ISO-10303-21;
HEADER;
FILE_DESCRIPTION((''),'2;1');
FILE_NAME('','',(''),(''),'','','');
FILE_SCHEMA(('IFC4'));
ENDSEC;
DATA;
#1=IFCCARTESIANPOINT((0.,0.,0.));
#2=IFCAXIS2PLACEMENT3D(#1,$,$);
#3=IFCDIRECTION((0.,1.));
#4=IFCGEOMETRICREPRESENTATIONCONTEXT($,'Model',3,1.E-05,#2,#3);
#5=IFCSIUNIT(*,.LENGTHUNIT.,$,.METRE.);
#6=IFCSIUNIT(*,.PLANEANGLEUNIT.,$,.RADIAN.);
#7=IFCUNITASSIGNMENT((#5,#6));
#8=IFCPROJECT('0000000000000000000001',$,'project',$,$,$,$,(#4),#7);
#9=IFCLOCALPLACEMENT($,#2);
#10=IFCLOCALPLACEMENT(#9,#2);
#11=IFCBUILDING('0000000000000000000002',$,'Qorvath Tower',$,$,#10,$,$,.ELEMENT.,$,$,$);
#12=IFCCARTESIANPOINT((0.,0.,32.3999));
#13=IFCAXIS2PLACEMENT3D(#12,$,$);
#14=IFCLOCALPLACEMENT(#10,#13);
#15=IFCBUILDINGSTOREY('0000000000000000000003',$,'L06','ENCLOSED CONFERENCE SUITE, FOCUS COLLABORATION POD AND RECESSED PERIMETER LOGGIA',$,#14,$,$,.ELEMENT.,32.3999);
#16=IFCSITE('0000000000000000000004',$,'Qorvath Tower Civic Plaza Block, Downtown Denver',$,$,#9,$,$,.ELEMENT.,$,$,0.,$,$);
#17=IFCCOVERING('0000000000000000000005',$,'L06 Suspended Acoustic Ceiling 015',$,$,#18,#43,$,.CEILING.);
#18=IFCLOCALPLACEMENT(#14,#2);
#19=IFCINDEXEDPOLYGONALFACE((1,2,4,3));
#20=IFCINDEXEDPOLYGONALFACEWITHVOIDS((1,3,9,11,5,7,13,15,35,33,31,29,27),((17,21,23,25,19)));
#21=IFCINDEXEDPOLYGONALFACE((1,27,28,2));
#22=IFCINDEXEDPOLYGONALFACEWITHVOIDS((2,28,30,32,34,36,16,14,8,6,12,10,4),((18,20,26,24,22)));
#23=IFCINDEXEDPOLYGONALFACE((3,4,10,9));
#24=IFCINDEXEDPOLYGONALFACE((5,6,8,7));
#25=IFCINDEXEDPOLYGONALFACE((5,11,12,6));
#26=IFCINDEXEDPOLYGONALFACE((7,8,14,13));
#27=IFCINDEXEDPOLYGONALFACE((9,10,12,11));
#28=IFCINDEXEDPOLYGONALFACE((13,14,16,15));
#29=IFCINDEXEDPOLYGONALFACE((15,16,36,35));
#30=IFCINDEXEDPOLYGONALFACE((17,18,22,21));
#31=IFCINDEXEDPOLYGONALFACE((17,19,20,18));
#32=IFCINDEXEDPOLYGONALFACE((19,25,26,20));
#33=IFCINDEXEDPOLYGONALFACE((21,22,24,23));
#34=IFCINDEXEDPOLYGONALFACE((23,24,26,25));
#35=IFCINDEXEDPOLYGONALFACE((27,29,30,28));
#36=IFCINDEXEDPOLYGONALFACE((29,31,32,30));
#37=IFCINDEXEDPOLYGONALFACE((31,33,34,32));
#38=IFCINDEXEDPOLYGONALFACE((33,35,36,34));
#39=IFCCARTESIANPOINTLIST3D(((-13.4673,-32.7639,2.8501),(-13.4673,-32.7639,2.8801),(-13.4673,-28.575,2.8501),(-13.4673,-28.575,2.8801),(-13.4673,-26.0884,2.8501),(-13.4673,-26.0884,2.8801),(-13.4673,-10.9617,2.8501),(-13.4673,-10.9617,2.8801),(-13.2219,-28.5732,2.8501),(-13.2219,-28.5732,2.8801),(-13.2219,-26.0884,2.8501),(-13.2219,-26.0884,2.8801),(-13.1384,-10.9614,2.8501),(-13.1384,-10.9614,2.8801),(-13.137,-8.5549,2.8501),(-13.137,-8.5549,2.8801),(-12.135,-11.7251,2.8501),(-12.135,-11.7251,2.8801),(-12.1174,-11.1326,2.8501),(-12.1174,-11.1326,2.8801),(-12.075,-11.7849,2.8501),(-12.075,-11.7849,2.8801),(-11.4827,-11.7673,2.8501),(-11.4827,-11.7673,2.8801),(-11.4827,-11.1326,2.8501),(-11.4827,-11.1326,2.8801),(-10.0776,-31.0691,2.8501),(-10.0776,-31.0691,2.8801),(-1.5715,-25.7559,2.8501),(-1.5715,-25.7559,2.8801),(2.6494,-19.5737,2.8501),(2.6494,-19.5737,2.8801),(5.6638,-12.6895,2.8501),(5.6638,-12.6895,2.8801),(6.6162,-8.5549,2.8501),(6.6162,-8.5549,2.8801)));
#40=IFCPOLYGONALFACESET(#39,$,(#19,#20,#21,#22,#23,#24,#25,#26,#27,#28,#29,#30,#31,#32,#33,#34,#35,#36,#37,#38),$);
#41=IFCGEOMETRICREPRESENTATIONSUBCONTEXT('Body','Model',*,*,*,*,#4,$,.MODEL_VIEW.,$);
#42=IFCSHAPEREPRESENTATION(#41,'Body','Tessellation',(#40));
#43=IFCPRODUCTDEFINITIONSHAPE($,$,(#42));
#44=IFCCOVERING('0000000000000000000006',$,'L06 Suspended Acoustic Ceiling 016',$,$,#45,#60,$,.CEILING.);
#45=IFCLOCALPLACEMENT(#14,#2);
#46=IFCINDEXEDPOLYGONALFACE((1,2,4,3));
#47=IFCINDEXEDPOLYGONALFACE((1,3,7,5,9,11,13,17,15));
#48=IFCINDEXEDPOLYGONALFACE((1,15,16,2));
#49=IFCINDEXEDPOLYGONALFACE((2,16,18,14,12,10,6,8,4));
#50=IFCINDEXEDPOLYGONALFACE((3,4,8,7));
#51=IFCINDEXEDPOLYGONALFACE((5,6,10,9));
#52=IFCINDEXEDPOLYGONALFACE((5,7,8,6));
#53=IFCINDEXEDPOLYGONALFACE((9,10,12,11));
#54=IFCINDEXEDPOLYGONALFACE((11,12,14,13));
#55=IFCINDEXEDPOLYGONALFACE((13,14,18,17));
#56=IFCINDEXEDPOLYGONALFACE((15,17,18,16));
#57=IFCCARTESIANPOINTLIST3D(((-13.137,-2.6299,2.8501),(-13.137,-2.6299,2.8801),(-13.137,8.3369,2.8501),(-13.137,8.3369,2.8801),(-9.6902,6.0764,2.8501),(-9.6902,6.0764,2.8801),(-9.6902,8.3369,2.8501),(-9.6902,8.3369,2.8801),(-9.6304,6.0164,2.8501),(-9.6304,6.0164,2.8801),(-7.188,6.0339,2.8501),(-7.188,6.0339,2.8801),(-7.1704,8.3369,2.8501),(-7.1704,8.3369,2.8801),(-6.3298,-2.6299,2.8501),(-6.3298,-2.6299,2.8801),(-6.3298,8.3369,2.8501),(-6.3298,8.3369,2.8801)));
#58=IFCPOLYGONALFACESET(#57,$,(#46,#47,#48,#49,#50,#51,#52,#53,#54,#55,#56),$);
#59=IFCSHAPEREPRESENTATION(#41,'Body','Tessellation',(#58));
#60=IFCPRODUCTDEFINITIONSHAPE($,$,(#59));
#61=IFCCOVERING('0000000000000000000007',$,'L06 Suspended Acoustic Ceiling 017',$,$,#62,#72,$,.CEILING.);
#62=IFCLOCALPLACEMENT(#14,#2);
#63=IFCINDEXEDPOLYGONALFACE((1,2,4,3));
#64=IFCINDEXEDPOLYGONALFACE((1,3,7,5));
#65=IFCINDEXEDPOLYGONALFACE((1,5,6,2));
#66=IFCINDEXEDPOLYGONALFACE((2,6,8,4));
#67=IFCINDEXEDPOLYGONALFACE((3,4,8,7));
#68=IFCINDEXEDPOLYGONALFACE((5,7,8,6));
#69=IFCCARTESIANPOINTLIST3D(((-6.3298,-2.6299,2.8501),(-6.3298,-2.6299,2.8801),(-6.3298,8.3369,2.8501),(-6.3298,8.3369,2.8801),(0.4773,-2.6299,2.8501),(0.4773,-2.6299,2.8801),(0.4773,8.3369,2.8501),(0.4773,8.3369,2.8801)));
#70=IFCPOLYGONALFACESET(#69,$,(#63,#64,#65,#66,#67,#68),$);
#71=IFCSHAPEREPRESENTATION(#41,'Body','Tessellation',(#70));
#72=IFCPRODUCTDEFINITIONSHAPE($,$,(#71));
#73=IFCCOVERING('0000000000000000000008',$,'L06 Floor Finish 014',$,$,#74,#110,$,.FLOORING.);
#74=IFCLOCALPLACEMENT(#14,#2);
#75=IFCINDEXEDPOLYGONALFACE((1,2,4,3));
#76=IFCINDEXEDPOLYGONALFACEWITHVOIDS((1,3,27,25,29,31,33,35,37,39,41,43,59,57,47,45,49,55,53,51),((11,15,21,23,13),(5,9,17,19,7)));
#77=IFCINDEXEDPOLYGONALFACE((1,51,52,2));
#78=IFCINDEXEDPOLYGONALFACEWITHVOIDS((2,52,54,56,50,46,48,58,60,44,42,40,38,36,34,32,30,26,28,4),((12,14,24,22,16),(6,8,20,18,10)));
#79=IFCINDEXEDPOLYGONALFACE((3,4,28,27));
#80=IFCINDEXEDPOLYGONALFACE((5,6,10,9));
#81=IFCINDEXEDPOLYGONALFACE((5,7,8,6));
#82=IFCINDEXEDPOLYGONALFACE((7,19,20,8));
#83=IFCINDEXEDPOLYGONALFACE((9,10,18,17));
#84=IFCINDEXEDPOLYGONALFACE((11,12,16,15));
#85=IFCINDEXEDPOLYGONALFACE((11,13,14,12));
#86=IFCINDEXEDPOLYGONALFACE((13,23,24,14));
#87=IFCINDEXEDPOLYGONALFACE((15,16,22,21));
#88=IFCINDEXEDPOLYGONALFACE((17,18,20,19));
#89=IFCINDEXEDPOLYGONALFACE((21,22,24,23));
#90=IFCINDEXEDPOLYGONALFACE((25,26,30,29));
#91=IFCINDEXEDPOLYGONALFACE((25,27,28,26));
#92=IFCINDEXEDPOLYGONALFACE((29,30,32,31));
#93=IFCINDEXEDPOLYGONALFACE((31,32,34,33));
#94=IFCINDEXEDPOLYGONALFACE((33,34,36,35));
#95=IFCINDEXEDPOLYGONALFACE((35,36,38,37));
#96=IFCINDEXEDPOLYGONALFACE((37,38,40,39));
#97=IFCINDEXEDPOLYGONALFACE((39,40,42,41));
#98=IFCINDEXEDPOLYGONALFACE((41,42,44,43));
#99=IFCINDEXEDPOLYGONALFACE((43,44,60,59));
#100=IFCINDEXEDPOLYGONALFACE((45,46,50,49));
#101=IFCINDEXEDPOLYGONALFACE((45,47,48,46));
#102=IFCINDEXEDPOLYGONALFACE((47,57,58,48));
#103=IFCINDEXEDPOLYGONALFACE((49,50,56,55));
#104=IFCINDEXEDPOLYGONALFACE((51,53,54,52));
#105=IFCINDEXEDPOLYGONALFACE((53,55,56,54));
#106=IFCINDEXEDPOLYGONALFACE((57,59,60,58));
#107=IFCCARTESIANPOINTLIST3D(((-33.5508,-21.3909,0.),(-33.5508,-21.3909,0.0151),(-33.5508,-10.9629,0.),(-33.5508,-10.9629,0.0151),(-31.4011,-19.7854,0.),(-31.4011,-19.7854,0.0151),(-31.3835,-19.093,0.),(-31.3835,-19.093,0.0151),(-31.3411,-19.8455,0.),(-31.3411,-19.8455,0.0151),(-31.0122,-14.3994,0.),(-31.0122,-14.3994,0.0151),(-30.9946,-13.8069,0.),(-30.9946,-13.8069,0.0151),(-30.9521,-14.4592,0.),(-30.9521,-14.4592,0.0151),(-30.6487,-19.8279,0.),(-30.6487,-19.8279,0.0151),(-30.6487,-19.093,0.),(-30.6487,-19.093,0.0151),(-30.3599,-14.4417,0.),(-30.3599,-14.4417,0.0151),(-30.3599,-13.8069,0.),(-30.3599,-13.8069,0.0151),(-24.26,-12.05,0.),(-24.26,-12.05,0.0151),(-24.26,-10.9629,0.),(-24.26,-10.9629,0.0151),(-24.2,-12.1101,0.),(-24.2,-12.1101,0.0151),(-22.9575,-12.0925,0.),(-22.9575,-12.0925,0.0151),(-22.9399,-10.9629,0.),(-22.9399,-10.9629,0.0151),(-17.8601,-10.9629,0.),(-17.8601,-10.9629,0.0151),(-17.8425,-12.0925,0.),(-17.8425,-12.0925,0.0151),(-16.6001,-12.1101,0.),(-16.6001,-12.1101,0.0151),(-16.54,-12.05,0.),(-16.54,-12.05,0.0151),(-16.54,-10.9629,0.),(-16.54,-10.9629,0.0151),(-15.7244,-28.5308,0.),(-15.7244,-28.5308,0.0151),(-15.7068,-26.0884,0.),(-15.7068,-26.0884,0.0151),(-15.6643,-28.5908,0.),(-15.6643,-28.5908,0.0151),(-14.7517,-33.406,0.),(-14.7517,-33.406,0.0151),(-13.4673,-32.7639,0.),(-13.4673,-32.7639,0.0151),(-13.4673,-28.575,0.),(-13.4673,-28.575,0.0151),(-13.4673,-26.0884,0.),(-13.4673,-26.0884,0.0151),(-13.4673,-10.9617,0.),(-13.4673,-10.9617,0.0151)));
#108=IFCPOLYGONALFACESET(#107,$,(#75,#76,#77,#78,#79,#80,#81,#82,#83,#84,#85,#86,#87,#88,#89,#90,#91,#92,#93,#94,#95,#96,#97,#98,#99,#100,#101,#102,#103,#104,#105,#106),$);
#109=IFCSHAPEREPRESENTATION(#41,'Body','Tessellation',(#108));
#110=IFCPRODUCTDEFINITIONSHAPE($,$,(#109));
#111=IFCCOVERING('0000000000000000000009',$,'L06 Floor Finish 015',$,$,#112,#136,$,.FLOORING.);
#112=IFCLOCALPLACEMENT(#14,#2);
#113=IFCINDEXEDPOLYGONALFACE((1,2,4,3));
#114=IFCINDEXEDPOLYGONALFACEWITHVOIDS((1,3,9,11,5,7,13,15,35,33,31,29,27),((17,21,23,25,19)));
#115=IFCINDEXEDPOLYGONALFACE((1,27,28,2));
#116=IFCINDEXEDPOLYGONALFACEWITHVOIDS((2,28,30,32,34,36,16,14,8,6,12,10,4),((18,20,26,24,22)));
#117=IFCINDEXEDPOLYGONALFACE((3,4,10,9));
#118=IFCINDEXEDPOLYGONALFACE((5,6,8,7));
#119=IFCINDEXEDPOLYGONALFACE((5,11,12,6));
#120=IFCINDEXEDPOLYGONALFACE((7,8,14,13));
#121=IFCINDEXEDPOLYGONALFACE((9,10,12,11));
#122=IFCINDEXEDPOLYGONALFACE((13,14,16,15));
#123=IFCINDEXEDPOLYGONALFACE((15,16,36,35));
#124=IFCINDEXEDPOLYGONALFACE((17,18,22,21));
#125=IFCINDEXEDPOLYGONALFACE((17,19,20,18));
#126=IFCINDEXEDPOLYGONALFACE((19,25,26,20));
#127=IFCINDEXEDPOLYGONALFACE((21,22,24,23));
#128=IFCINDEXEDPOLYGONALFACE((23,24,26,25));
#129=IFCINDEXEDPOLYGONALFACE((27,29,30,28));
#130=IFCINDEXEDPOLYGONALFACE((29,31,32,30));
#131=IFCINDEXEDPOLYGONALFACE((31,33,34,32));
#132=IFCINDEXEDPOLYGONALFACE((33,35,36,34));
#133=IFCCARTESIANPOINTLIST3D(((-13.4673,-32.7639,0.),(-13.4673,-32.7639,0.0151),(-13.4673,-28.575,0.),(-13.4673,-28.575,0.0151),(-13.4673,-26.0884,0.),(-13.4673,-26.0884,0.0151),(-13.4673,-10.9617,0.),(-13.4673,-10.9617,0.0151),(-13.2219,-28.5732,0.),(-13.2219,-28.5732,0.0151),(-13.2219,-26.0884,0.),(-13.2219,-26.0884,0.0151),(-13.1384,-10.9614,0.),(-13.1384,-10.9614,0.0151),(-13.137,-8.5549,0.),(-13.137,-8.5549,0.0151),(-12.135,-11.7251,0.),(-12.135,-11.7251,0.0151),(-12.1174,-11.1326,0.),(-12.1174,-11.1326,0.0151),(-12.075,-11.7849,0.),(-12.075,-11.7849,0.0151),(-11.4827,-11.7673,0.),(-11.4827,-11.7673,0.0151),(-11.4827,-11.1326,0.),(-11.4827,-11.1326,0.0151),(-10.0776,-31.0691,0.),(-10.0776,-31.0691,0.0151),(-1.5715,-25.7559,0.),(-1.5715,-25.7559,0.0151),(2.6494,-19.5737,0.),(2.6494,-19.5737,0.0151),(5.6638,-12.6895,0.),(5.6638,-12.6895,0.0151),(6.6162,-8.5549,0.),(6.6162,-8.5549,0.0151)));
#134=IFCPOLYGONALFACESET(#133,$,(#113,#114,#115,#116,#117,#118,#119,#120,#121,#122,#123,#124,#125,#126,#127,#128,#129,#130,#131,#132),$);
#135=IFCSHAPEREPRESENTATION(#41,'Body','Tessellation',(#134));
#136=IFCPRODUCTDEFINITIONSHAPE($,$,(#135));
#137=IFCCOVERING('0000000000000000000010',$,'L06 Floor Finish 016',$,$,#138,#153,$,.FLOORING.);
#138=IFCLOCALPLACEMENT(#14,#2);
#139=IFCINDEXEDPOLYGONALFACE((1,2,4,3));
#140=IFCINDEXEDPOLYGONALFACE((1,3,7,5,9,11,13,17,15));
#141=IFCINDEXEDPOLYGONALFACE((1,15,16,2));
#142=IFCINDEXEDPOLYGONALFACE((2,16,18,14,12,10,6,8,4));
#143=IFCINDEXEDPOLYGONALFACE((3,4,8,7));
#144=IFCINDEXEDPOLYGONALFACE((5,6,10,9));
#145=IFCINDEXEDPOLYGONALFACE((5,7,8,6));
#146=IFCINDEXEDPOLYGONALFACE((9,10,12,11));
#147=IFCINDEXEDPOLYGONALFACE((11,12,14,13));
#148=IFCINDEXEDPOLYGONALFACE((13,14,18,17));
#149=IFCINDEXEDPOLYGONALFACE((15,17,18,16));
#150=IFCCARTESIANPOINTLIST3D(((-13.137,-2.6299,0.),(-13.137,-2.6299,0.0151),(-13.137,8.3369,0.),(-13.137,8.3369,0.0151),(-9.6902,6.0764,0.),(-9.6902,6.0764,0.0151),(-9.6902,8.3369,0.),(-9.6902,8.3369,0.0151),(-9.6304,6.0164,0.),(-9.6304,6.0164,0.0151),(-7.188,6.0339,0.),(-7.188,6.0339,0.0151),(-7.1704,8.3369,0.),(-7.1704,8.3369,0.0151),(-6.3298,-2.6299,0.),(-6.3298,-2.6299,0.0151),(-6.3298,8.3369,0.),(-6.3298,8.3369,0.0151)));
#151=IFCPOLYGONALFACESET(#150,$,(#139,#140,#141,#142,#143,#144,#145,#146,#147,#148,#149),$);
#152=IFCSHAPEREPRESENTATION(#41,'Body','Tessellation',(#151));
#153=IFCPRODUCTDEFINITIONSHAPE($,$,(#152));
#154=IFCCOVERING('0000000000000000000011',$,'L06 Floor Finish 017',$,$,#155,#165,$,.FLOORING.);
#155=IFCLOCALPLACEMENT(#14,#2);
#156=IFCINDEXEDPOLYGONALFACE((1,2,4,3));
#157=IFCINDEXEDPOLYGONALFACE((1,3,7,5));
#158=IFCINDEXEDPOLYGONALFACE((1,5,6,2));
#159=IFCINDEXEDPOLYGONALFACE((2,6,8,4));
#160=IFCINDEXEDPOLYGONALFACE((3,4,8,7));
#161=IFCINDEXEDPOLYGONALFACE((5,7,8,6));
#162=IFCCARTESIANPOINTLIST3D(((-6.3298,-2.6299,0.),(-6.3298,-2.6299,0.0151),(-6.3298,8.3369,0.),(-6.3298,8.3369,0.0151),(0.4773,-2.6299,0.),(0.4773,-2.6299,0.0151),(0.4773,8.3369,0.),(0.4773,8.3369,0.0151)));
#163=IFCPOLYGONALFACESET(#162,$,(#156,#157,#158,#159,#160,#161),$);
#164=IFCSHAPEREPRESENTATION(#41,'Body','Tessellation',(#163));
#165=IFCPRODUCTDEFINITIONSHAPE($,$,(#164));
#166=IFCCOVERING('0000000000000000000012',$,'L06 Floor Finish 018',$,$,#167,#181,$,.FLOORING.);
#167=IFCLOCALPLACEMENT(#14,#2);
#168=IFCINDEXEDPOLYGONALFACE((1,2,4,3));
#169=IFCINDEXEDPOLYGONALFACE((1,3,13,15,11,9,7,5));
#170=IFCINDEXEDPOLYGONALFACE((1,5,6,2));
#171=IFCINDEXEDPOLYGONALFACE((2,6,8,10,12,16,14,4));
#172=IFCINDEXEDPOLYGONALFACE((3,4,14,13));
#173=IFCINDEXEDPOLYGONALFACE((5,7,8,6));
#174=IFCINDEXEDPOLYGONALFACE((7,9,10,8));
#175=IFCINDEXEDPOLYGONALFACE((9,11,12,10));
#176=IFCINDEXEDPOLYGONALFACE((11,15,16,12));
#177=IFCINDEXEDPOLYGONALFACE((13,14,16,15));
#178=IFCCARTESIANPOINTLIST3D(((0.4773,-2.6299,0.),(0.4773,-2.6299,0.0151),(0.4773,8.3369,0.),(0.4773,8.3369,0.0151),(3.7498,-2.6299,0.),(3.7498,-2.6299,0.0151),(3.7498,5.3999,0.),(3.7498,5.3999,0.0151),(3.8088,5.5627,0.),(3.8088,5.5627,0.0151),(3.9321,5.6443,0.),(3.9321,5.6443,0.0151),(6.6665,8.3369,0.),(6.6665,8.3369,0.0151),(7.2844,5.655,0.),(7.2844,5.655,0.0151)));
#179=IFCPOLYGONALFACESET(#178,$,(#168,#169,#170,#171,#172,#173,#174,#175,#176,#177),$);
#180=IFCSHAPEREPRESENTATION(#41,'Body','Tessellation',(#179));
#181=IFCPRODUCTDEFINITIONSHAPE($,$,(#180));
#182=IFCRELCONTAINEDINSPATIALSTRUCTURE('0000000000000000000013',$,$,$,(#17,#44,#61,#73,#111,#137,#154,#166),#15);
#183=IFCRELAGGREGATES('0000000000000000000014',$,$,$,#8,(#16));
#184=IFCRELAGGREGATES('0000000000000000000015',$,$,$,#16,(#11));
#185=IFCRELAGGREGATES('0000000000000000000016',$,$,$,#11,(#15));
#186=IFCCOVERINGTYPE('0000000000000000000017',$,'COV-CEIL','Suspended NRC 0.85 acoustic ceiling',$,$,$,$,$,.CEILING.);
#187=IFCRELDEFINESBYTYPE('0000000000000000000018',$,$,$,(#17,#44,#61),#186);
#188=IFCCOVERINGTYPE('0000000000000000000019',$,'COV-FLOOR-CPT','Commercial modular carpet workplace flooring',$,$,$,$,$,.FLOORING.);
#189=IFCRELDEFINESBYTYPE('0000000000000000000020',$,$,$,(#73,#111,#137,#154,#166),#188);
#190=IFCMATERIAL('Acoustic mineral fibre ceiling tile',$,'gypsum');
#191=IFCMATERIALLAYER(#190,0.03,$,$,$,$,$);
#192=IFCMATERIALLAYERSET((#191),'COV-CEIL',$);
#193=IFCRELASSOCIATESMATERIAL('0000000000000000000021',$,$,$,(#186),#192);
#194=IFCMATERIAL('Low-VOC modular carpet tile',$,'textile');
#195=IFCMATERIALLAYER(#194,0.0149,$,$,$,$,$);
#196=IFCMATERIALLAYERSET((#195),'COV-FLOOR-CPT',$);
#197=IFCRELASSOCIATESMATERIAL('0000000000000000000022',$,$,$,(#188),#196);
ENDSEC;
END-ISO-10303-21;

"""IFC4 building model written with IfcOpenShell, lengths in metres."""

from ifc_helpers import new_model, si_unit, direction, frame, origin, place, context, subcontext, project, spatial, polyline, outline, extrude, material, layer, layer_set, type_object, element, save


model = new_model("IFC4")

# Units and contexts
model_context = context("Model", 3, precision=1e-05, world=origin(), true_north=direction((0.0, 1.0)))
body_context = subcontext(model_context, "Body", "Model", "MODEL_VIEW")
ifc_project = project(units=[si_unit("LENGTHUNIT", "METRE"), si_unit("PLANEANGLEUNIT", "RADIAN")], contexts=[model_context])

# Site, building, storey
site_placement = place(None, origin())
site = spatial("IfcSite", under=ifc_project, at=site_placement, Name="Qorvath Tower Civic Plaza Block, Downtown Denver", CompositionType="ELEMENT", RefElevation=0.0)
building_placement = place(site_placement, origin())
building = spatial("IfcBuilding", under=site, at=building_placement, Name="Qorvath Tower", CompositionType="ELEMENT")
storey_placement = place(building_placement, frame((0.0, 0.0, 32.3999)))
storey = spatial("IfcBuildingStorey", under=building, at=storey_placement, Name="L06", Description="ENCLOSED CONFERENCE SUITE, FOCUS COLLABORATION POD AND RECESSED PERIMETER LOGGIA", CompositionType="ELEMENT", Elevation=32.3999)

# Coverings
ifc_material_1 = material(Name="Acoustic mineral fibre ceiling tile", Category="gypsum")
ifc_layer_1 = layer(ifc_material_1, 0.03)
ifc_layer_set_1 = layer_set([ifc_layer_1], Name="COV-CEIL")
covering_type_1 = type_object("IfcCoveringType", Name="COV-CEIL", Description="Suspended NRC 0.85 acoustic ceiling", PredefinedType="CEILING", material=ifc_layer_set_1)
covering_1_placement = place(storey_placement, frame((0.0, 0.0, 2.8501)))
element("IfcCovering", 1, at=covering_1_placement, inside=storey, type_object=covering_type_1, Name="L06 Suspended Acoustic Ceiling 015", PredefinedType="CEILING", context=body_context, shape_type="SweptSolid", body=[
    extrude(outline(polyline([(-10.0776, -31.0691), (-1.5715, -25.7559), (2.6494, -19.5737), (5.6638, -12.6895), (6.6162, -8.5549), (-13.137, -8.5549), (-13.1384, -10.9614), (-13.4673, -10.9617), (-13.4673, -26.0884), (-13.2219, -26.0884), (-13.2219, -28.5732), (-13.4673, -28.575), (-13.4673, -32.7639), (-10.0776, -31.0691)]), holes=[polyline([(-12.135, -11.7251), (-12.1174, -11.1326), (-11.4827, -11.1326), (-11.4827, -11.7673), (-12.075, -11.7849), (-12.135, -11.7251)])]), origin(), (0.0, 0.0, 1.0), 0.03),
])
covering_2_placement = place(storey_placement, frame((0.0, 0.0, 2.8501)))
element("IfcCovering", 2, at=covering_2_placement, inside=storey, type_object=covering_type_1, Name="L06 Suspended Acoustic Ceiling 016", PredefinedType="CEILING", context=body_context, shape_type="SweptSolid", body=[
    extrude(outline(polyline([(-6.3298, -2.6299), (-6.3298, 8.3369), (-7.1704, 8.3369), (-7.188, 6.0339), (-9.6304, 6.0164), (-9.6902, 6.0764), (-9.6902, 8.3369), (-13.137, 8.3369), (-13.137, -2.6299), (-6.3298, -2.6299)])), origin(), (0.0, 0.0, 1.0), 0.03),
])
covering_3_placement = place(storey_placement, frame((0.0, 0.0, 2.8501)))
element("IfcCovering", 3, at=covering_3_placement, inside=storey, type_object=covering_type_1, Name="L06 Suspended Acoustic Ceiling 017", PredefinedType="CEILING", context=body_context, shape_type="SweptSolid", body=[
    extrude(outline(polyline([(0.4773, -2.6299), (0.4773, 8.3369), (-6.3298, 8.3369), (-6.3298, -2.6299), (0.4773, -2.6299)])), origin(), (0.0, 0.0, 1.0), 0.03),
])
ifc_material_2 = material(Name="Low-VOC modular carpet tile", Category="textile")
ifc_layer_2 = layer(ifc_material_2, 0.0149)
ifc_layer_set_2 = layer_set([ifc_layer_2], Name="COV-FLOOR-CPT")
covering_type_2 = type_object("IfcCoveringType", Name="COV-FLOOR-CPT", Description="Commercial modular carpet workplace flooring", PredefinedType="FLOORING", material=ifc_layer_set_2)
covering_4_placement = place(storey_placement, origin())
element("IfcCovering", 4, at=covering_4_placement, inside=storey, type_object=covering_type_2, Name="L06 Floor Finish 014", PredefinedType="FLOORING", context=body_context, shape_type="SweptSolid", body=[
    extrude(outline(polyline([(-13.4673, -32.7639), (-13.4673, -28.575), (-15.6643, -28.5908), (-15.7244, -28.5308), (-15.7068, -26.0884), (-13.4673, -26.0884), (-13.4673, -10.9617), (-16.54, -10.9629), (-16.54, -12.05), (-16.6001, -12.1101), (-17.8425, -12.0925), (-17.8601, -10.9629), (-22.9399, -10.9629), (-22.9575, -12.0925), (-24.2, -12.1101), (-24.26, -12.05), (-24.26, -10.9629), (-33.5508, -10.9629), (-33.5508, -21.3909), (-14.7517, -33.406), (-13.4673, -32.7639)]), holes=[polyline([(-31.0122, -14.3994), (-30.9946, -13.8069), (-30.3599, -13.8069), (-30.3599, -14.4417), (-30.9521, -14.4592), (-31.0122, -14.3994)]), polyline([(-31.4011, -19.7854), (-31.3835, -19.093), (-30.6487, -19.093), (-30.6487, -19.8279), (-31.3411, -19.8455), (-31.4011, -19.7854)])]), origin(), (0.0, 0.0, 1.0), 0.0151),
])
covering_5_placement = place(storey_placement, origin())
element("IfcCovering", 5, at=covering_5_placement, inside=storey, type_object=covering_type_2, Name="L06 Floor Finish 015", PredefinedType="FLOORING", context=body_context, shape_type="SweptSolid", body=[
    extrude(outline(polyline([(-10.0776, -31.0691), (-1.5715, -25.7559), (2.6494, -19.5737), (5.6638, -12.6895), (6.6162, -8.5549), (-13.137, -8.5549), (-13.1384, -10.9614), (-13.4673, -10.9617), (-13.4673, -26.0884), (-13.2219, -26.0884), (-13.2219, -28.5732), (-13.4673, -28.575), (-13.4673, -32.7639), (-10.0776, -31.0691)]), holes=[polyline([(-12.135, -11.7251), (-12.1174, -11.1326), (-11.4827, -11.1326), (-11.4827, -11.7673), (-12.075, -11.7849), (-12.135, -11.7251)])]), origin(), (0.0, 0.0, 1.0), 0.0151),
])
covering_6_placement = place(storey_placement, origin())
element("IfcCovering", 6, at=covering_6_placement, inside=storey, type_object=covering_type_2, Name="L06 Floor Finish 016", PredefinedType="FLOORING", context=body_context, shape_type="SweptSolid", body=[
    extrude(outline(polyline([(-6.3298, -2.6299), (-6.3298, 8.3369), (-7.1704, 8.3369), (-7.188, 6.0339), (-9.6304, 6.0164), (-9.6902, 6.0764), (-9.6902, 8.3369), (-13.137, 8.3369), (-13.137, -2.6299), (-6.3298, -2.6299)])), origin(), (0.0, 0.0, 1.0), 0.0151),
])
covering_7_placement = place(storey_placement, origin())
element("IfcCovering", 7, at=covering_7_placement, inside=storey, type_object=covering_type_2, Name="L06 Floor Finish 017", PredefinedType="FLOORING", context=body_context, shape_type="SweptSolid", body=[
    extrude(outline(polyline([(0.4773, -2.6299), (0.4773, 8.3369), (-6.3298, 8.3369), (-6.3298, -2.6299), (0.4773, -2.6299)])), origin(), (0.0, 0.0, 1.0), 0.0151),
])
covering_8_placement = place(storey_placement, origin())
element("IfcCovering", 8, at=covering_8_placement, inside=storey, type_object=covering_type_2, Name="L06 Floor Finish 018", PredefinedType="FLOORING", context=body_context, shape_type="SweptSolid", body=[
    extrude(outline(polyline([(3.8088, 5.5627), (3.9321, 5.6443), (7.2844, 5.655), (6.6665, 8.3369), (0.4773, 8.3369), (0.4773, -2.6299), (3.7498, -2.6299), (3.7498, 5.3999), (3.8088, 5.5627)])), origin(), (0.0, 0.0, 1.0), 0.0151),
])

save(model, "model.ifc")
